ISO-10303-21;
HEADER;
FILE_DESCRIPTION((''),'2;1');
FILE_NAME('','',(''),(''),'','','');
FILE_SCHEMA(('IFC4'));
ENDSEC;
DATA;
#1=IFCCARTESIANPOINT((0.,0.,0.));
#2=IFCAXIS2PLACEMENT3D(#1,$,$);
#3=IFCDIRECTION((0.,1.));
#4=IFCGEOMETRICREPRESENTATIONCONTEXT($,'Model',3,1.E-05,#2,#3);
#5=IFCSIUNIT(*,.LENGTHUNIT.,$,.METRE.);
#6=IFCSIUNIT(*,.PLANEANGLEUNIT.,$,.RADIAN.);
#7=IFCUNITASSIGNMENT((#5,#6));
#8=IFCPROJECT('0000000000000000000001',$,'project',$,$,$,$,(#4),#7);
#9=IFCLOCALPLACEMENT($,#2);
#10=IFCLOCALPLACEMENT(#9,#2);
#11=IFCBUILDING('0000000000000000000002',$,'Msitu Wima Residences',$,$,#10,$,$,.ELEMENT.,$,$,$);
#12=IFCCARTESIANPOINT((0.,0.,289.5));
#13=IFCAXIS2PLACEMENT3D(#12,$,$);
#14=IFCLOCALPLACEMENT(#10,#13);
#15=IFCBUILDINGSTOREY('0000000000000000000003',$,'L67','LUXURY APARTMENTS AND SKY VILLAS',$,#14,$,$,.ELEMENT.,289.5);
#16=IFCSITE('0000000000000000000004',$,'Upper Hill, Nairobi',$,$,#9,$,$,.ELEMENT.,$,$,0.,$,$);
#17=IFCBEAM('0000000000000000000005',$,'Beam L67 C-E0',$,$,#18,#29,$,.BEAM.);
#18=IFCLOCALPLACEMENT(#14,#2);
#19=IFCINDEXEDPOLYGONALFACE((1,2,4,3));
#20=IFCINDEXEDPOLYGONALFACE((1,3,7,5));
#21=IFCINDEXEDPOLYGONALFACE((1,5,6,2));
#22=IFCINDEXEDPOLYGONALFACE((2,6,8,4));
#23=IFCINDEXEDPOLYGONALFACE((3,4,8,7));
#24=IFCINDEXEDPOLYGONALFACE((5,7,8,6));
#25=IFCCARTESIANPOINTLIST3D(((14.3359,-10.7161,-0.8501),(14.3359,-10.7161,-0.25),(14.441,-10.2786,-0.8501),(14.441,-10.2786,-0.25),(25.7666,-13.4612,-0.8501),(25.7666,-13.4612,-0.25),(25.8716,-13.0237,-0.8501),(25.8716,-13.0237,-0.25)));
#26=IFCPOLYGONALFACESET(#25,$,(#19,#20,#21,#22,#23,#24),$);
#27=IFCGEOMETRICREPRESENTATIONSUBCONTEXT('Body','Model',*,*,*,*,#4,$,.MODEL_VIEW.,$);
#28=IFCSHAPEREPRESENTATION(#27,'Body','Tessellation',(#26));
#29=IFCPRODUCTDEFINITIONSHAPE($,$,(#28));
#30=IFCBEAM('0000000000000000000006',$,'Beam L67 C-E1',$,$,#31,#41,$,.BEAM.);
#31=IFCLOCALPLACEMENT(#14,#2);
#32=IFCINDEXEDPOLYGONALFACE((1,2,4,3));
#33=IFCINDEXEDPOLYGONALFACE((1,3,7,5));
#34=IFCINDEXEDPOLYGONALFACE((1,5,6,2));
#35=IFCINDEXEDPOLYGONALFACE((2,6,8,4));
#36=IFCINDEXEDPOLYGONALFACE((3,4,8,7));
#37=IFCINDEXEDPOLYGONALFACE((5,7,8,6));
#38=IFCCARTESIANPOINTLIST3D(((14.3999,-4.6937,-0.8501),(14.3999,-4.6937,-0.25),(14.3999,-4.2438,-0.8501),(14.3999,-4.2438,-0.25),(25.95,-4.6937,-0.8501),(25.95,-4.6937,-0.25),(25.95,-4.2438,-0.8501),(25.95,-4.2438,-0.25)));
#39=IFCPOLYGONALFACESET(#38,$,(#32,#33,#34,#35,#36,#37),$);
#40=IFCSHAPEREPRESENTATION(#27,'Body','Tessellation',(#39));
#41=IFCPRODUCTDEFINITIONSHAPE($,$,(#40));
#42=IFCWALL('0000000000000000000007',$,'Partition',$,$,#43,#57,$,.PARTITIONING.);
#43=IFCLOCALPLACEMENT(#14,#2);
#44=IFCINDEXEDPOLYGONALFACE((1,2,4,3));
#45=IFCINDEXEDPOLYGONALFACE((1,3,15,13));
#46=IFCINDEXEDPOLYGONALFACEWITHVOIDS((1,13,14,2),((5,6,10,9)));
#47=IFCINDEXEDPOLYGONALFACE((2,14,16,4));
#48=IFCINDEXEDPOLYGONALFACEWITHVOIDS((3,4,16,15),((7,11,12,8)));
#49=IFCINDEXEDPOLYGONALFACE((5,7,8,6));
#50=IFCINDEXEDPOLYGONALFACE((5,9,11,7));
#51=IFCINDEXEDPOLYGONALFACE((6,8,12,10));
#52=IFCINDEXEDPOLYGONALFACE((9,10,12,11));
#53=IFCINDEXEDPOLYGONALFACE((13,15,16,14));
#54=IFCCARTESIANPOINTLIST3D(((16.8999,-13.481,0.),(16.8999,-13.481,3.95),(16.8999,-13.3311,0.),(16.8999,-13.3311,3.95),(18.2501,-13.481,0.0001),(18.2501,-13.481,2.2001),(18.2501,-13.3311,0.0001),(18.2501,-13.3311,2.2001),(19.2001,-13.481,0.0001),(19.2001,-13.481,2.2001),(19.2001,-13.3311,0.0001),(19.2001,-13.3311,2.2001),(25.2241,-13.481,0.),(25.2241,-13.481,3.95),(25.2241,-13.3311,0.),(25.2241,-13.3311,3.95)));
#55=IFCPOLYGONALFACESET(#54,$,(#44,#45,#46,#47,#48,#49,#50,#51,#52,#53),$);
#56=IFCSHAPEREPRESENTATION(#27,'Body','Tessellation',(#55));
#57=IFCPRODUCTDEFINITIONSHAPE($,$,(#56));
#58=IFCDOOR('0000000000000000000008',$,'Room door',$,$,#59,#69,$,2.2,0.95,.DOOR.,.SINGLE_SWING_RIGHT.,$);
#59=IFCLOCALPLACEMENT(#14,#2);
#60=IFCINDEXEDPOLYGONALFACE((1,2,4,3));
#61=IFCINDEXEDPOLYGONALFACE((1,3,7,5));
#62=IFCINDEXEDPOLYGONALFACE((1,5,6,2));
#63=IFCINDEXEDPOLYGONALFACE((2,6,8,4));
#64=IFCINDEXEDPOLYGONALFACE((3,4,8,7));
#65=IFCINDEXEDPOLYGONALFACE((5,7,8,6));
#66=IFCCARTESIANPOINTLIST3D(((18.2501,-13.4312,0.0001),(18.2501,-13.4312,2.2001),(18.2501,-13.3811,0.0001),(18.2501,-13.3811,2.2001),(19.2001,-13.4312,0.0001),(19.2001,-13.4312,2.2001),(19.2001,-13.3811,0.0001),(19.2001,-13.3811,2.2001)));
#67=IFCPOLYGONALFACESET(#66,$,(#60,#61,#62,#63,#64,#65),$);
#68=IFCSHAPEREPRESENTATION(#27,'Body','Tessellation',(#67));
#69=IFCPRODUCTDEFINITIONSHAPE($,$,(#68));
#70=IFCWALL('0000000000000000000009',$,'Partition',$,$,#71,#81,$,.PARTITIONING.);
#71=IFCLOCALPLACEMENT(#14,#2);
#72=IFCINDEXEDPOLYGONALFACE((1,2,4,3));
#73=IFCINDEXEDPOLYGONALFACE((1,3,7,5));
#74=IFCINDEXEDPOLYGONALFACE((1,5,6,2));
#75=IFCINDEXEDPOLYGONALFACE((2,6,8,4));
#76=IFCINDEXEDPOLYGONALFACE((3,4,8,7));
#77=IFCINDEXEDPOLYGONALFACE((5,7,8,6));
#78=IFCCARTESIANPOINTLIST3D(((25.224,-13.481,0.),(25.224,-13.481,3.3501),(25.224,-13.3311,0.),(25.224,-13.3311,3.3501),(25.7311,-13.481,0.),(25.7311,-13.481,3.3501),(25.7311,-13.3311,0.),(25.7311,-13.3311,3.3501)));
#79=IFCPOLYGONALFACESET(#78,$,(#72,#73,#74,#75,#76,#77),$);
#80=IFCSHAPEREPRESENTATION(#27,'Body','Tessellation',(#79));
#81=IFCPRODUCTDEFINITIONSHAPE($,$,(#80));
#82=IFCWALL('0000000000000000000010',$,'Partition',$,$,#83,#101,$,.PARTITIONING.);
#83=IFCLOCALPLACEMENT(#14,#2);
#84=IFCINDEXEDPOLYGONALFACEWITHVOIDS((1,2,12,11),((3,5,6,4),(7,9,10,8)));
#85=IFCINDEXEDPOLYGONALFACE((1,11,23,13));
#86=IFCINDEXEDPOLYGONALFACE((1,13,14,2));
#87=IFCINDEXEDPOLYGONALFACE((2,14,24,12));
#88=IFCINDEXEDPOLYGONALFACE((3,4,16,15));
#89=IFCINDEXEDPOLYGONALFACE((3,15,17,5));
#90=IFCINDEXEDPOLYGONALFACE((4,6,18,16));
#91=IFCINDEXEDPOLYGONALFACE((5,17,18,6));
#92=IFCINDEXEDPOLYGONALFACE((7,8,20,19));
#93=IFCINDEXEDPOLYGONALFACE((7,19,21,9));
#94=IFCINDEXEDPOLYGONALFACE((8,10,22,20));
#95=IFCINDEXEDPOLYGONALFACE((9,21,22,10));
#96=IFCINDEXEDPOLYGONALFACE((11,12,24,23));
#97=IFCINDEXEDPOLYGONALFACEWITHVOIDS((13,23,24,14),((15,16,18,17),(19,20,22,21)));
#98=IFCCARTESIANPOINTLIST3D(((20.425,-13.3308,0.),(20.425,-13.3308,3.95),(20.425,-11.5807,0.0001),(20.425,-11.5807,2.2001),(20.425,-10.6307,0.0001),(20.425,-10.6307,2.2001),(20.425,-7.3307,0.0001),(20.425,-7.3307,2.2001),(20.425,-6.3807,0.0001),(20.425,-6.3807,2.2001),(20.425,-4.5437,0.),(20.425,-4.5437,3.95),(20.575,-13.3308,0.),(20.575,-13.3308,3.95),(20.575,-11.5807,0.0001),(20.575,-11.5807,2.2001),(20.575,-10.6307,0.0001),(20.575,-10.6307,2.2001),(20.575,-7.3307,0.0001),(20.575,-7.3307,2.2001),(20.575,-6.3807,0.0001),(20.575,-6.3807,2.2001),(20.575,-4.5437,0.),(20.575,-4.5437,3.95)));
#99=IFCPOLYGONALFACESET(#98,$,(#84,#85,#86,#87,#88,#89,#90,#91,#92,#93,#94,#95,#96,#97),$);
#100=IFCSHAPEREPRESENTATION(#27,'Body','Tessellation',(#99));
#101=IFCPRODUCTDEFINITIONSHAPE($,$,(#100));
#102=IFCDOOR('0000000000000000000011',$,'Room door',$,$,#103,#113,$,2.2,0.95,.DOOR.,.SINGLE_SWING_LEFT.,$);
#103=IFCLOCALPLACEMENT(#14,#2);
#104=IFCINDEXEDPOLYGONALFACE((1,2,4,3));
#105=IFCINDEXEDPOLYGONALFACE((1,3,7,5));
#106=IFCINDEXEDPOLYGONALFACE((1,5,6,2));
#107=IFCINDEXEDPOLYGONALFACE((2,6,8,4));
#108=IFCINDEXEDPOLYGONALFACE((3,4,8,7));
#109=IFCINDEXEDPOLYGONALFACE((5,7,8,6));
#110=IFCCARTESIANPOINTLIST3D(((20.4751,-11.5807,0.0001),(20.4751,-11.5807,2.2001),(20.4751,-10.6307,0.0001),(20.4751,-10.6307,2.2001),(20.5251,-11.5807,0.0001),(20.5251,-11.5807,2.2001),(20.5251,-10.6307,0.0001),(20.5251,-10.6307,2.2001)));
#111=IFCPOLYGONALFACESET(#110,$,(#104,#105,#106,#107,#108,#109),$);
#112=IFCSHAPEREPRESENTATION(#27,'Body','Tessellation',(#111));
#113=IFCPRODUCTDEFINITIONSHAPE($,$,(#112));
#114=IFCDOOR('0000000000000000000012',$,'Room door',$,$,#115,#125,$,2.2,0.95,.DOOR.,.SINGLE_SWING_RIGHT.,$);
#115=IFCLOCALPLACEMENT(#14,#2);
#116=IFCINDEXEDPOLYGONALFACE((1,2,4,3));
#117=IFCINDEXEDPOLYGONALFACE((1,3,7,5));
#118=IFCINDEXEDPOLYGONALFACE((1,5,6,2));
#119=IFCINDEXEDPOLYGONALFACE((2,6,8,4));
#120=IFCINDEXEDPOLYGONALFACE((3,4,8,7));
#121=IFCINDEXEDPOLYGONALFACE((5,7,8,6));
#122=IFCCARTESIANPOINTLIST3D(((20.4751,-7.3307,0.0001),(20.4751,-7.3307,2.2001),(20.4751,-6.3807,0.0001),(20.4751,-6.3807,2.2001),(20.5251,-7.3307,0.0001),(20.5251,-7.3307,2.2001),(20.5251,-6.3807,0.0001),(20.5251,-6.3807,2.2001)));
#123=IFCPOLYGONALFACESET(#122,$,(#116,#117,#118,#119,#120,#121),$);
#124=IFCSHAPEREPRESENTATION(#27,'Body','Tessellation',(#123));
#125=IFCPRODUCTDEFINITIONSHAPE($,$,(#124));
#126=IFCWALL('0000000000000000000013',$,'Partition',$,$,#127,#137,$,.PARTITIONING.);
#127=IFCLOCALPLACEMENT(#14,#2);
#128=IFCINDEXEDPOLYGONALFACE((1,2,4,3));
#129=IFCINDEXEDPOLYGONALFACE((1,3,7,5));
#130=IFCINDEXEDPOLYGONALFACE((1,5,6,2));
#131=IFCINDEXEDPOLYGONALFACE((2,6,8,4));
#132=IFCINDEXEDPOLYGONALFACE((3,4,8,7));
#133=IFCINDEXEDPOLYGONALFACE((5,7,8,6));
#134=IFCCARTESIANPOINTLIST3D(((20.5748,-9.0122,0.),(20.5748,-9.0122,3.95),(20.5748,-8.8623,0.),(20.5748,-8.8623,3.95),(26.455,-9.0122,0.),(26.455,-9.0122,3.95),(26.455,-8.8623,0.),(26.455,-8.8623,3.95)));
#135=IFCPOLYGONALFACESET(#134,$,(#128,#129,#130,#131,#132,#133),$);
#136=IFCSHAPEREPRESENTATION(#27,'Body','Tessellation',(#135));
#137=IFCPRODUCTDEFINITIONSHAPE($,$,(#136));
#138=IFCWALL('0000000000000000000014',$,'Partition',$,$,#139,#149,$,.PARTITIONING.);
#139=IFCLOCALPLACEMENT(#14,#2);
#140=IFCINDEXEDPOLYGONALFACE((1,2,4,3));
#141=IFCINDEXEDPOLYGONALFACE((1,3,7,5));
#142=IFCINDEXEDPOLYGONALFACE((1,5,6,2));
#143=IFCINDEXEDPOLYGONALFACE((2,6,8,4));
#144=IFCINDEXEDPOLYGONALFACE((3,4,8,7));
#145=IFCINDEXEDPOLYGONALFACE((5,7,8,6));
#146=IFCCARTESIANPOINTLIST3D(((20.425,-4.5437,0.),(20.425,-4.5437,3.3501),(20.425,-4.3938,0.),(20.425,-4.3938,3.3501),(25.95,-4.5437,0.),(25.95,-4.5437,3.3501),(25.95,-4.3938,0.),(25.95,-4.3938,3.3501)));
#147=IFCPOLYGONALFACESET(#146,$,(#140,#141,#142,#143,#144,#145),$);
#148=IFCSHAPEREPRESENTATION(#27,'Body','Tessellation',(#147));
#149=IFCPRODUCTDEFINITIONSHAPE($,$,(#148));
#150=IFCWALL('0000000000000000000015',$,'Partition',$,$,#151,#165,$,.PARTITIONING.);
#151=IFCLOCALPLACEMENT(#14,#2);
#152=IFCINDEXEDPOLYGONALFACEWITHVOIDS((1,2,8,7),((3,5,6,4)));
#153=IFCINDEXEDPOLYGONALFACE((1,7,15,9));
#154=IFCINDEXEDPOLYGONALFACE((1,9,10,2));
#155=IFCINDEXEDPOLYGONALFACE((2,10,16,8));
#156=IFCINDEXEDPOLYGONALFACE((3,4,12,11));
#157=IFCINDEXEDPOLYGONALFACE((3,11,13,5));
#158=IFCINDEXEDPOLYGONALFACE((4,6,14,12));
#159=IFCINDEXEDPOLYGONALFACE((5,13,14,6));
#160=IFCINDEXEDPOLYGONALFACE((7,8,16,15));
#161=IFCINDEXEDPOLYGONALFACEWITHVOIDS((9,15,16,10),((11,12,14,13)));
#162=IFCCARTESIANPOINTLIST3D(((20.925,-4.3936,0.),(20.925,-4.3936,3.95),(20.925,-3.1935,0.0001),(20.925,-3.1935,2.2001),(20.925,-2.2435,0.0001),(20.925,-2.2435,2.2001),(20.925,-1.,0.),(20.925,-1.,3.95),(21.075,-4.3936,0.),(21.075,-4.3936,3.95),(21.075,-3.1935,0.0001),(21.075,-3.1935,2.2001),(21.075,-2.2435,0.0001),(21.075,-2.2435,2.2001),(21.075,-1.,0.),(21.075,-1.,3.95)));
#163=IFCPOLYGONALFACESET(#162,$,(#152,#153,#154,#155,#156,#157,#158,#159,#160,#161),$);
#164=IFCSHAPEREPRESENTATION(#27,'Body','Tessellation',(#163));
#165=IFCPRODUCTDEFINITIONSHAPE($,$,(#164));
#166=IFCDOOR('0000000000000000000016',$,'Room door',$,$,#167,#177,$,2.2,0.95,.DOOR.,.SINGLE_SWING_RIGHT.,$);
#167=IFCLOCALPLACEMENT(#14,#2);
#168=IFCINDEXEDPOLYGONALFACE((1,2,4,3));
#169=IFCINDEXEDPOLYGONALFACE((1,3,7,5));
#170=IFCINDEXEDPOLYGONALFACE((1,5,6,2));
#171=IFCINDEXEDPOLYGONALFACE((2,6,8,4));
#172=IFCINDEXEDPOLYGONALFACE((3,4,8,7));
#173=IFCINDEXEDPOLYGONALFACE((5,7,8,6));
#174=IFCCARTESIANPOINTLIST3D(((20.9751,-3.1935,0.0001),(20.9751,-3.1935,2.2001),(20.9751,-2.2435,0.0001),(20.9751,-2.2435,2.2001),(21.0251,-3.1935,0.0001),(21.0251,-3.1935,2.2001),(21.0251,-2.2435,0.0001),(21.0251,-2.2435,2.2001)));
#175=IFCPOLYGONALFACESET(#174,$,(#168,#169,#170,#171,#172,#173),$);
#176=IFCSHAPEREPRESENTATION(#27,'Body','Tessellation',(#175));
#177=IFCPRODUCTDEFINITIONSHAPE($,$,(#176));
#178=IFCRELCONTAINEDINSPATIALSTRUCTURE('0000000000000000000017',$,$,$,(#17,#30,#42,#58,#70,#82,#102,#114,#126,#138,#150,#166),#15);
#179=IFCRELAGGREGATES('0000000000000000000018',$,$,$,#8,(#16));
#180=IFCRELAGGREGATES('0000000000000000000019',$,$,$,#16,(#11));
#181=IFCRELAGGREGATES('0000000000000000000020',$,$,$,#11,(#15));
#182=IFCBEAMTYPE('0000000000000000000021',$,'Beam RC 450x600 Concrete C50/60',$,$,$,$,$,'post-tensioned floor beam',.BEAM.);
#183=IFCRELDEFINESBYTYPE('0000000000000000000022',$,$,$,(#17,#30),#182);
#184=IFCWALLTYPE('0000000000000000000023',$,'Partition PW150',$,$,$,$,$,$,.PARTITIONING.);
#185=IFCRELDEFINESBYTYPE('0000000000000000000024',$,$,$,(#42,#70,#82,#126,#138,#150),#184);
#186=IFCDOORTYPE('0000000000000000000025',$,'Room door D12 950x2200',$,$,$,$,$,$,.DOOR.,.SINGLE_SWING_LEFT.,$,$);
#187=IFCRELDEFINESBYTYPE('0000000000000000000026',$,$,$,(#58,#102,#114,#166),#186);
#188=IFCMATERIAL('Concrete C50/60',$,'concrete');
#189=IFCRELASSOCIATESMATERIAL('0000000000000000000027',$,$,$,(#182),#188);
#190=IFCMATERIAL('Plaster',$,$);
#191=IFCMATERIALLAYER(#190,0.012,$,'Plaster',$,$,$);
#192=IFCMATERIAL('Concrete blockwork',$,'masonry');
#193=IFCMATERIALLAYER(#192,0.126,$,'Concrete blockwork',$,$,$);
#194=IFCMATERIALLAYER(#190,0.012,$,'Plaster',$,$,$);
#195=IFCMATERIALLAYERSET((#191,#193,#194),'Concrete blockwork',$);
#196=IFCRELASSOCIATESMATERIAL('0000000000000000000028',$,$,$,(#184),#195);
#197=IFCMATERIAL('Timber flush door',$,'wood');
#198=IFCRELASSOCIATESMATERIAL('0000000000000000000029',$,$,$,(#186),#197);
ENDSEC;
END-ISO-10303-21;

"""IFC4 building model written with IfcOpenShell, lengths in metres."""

from ifc_helpers import new_model, si_unit, direction, frame, frame_2d, origin, origin_2d, place, context, subcontext, project, spatial, rectangle, extrude, material, layer, layer_set, material_profile, profile_set, type_object, element, fill, save


model = new_model("IFC4")

# Units and contexts
model_context = context("Model", 3, precision=1e-05, world=origin(), true_north=direction((0.0, 1.0)))
body_context = subcontext(model_context, "Body", "Model", "MODEL_VIEW")
ifc_project = project(units=[si_unit("LENGTHUNIT", "METRE"), si_unit("PLANEANGLEUNIT", "RADIAN")], contexts=[model_context])

# Site, building, storey
site_placement = place(None, origin())
site = spatial("IfcSite", under=ifc_project, at=site_placement, Name="Upper Hill, Nairobi", CompositionType="ELEMENT", RefElevation=0.0)
building_placement = place(site_placement, origin())
building = spatial("IfcBuilding", under=site, at=building_placement, Name="Msitu Wima Residences", CompositionType="ELEMENT")
storey_placement = place(building_placement, frame((0.0, 0.0, 289.5)))
storey = spatial("IfcBuildingStorey", under=building, at=storey_placement, Name="L67", Description="LUXURY APARTMENTS AND SKY VILLAS", CompositionType="ELEMENT", Elevation=289.5)

# Beams
ifc_material_1 = material(Name="Concrete C50/60", Category="concrete")
ifc_material_profile = material_profile(ifc_material_1, rectangle(XDim=0.45, YDim=0.6001, at=origin_2d()), Name="RC 450x600")
ifc_profile_set = profile_set([ifc_material_profile], Name="Concrete C50/60")
beam_type = type_object("IfcBeamType", Name="Beam RC 450x600 Concrete C50/60", ElementType="post-tensioned floor beam", PredefinedType="BEAM", material=ifc_profile_set)
beam_1_placement = place(storey_placement, frame((25.8191, -13.2424, -0.55), z_axis=(-0.972353, 0.233514, 0.0), x_axis=(-0.233514, -0.972353, 0.0)))
element("IfcBeam", 1, at=beam_1_placement, inside=storey, type_object=beam_type, Name="Beam L67 C-E0", PredefinedType="BEAM", context=body_context, shape_type="SweptSolid", body=[
    extrude(rectangle(XDim=0.45, YDim=0.6001, at=origin_2d()), origin(), (0.0, 0.0, 1.0), 11.7556),
])
beam_2_placement = place(storey_placement, frame((25.95, -4.4688, -0.55), z_axis=(-1.0, 0.0, 0.0), x_axis=(0.0, -1.0, 0.0)))
element("IfcBeam", 2, at=beam_2_placement, inside=storey, type_object=beam_type, Name="Beam L67 C-E1", PredefinedType="BEAM", context=body_context, shape_type="SweptSolid", body=[
    extrude(rectangle(XDim=0.45, YDim=0.6001, at=origin_2d()), origin(), (0.0, 0.0, 1.0), 11.55),
])

# Wall, opening, door
ifc_material_2 = material(Name="Plaster")
ifc_layer_1 = layer(ifc_material_2, 0.012, Name="Plaster")
ifc_material_3 = material(Name="Concrete blockwork", Category="masonry")
ifc_layer_2 = layer(ifc_material_3, 0.126, Name="Concrete blockwork")
ifc_layer_3 = layer(ifc_material_2, 0.012, Name="Plaster")
ifc_layer_set_1 = layer_set([ifc_layer_1, ifc_layer_2, ifc_layer_3], Name="Concrete blockwork")
wall_type_1 = type_object("IfcWallType", Name="Partition PW150", PredefinedType="PARTITIONING", material=ifc_layer_set_1)
wall_1_placement = place(storey_placement, frame((16.8999, -13.406, 0.0), z_axis=(0.0, 0.0, 1.0), x_axis=(1.0, 0.0, 0.0)))
wall_1 = element("IfcWall", 3, at=wall_1_placement, inside=storey, type_object=wall_type_1, Name="Partition", PredefinedType="PARTITIONING", context=body_context, shape_type="SweptSolid", body=[
    extrude(rectangle(XDim=8.3242, YDim=0.1499, at=frame_2d((4.1621, 0.0))), origin(), (0.0, 0.0, 1.0), 3.95),
])
opening_1_placement = place(wall_1_placement, frame((1.3501, 0.0, 0.0)))
opening_1 = element("IfcOpeningElement", 4, at=opening_1_placement, cuts=wall_1, PredefinedType="OPENING", context=body_context, shape_type="SweptSolid", body=[
    extrude(rectangle(XDim=0.95, YDim=2.2, at=frame_2d((0.4751, 1.1001))), frame((0.0, 0.085, 0.0), z_axis=(0.0, -1.0, 0.0), x_axis=(1.0, 0.0, 0.0)), (0.0, 0.0, 1.0), 0.1699),
])
ifc_material_4 = material(Name="Timber flush door", Category="wood")
door_type_1 = type_object("IfcDoorType", Name="Room door D12 950x2200", OperationType="SINGLE_SWING_LEFT", PredefinedType="DOOR", material=ifc_material_4)
door_1_placement = place(opening_1_placement, origin())
door_1 = element("IfcDoor", 5, at=door_1_placement, inside=storey, type_object=door_type_1, Name="Room door", OperationType="SINGLE_SWING_RIGHT", OverallHeight=2.2, OverallWidth=0.95, PredefinedType="DOOR", context=body_context, shape_type="SweptSolid", body=[
    extrude(rectangle(XDim=0.95, YDim=2.2, at=frame_2d((0.4751, 1.1001))), frame((0.0, 0.0249, 0.0), z_axis=(0.0, -1.0, 0.0), x_axis=(1.0, 0.0, 0.0)), (0.0, 0.0, 1.0), 0.05),
])
fill(opening_1, door_1)

# Wall
wall_2_placement = place(storey_placement, frame((25.2241, -13.406, 0.0), z_axis=(0.0, 0.0, 1.0), x_axis=(1.0, 0.0, 0.0)))
element("IfcWall", 6, at=wall_2_placement, inside=storey, type_object=wall_type_1, Name="Partition", PredefinedType="PARTITIONING", context=body_context, shape_type="SweptSolid", body=[
    extrude(rectangle(XDim=0.5071, YDim=0.1499, at=frame_2d((0.2534, 0.0))), origin(), (0.0, 0.0, 1.0), 3.3501),
])

# Wall, openings, doors
wall_3_placement = place(storey_placement, frame((20.5, -13.3308, 0.0), z_axis=(0.0, 0.0, 1.0), x_axis=(0.0, 1.0, 0.0)))
wall_3 = element("IfcWall", 7, at=wall_3_placement, inside=storey, type_object=wall_type_1, Name="Partition", PredefinedType="PARTITIONING", context=body_context, shape_type="SweptSolid", body=[
    extrude(rectangle(XDim=8.7871, YDim=0.1499, at=frame_2d((4.3936, 0.0))), origin(), (0.0, 0.0, 1.0), 3.95),
])
opening_2_placement = place(wall_3_placement, frame((1.75, 0.0, 0.0)))
opening_2 = element("IfcOpeningElement", 8, at=opening_2_placement, cuts=wall_3, PredefinedType="OPENING", context=body_context, shape_type="SweptSolid", body=[
    extrude(rectangle(XDim=0.95, YDim=2.2, at=frame_2d((0.4751, 1.1001))), frame((0.0, 0.085, 0.0), z_axis=(0.0, -1.0, 0.0), x_axis=(1.0, 0.0, 0.0)), (0.0, 0.0, 1.0), 0.1699),
])
opening_3_placement = place(wall_3_placement, frame((6.0, 0.0, 0.0)))
opening_3 = element("IfcOpeningElement", 9, at=opening_3_placement, cuts=wall_3, PredefinedType="OPENING", context=body_context, shape_type="SweptSolid", body=[
    extrude(rectangle(XDim=0.95, YDim=2.2, at=frame_2d((0.4751, 1.1001))), frame((0.0, 0.085, 0.0), z_axis=(0.0, -1.0, 0.0), x_axis=(1.0, 0.0, 0.0)), (0.0, 0.0, 1.0), 0.1699),
])
door_2_placement = place(opening_2_placement, origin())
door_2 = element("IfcDoor", 10, at=door_2_placement, inside=storey, type_object=door_type_1, Name="Room door", OperationType="SINGLE_SWING_LEFT", OverallHeight=2.2, OverallWidth=0.95, PredefinedType="DOOR", context=body_context, shape_type="SweptSolid", body=[
    extrude(rectangle(XDim=0.95, YDim=2.2, at=frame_2d((0.4751, 1.1001))), frame((0.0, 0.0249, 0.0), z_axis=(0.0, -1.0, 0.0), x_axis=(1.0, 0.0, 0.0)), (0.0, 0.0, 1.0), 0.05),
])
fill(opening_2, door_2)
door_3_placement = place(opening_3_placement, origin())
door_3 = element("IfcDoor", 11, at=door_3_placement, inside=storey, type_object=door_type_1, Name="Room door", OperationType="SINGLE_SWING_RIGHT", OverallHeight=2.2, OverallWidth=0.95, PredefinedType="DOOR", context=body_context, shape_type="SweptSolid", body=[
    extrude(rectangle(XDim=0.95, YDim=2.2, at=frame_2d((0.4751, 1.1001))), frame((0.0, 0.0249, 0.0), z_axis=(0.0, -1.0, 0.0), x_axis=(1.0, 0.0, 0.0)), (0.0, 0.0, 1.0), 0.05),
])
fill(opening_3, door_3)

# Walls
wall_4_placement = place(storey_placement, frame((20.575, -8.9373, 0.0), z_axis=(0.0, 0.0, 1.0), x_axis=(1.0, 0.0, 0.0)))
element("IfcWall", 12, at=wall_4_placement, inside=storey, type_object=wall_type_1, Name="Partition", PredefinedType="PARTITIONING", context=body_context, shape_type="SweptSolid", body=[
    extrude(rectangle(XDim=5.8801, YDim=0.1499, at=frame_2d((2.9399, 0.0))), origin(), (0.0, 0.0, 1.0), 3.95),
])
wall_5_placement = place(storey_placement, frame((20.425, -4.4688, 0.0), z_axis=(0.0, 0.0, 1.0), x_axis=(1.0, 0.0, 0.0)))
element("IfcWall", 13, at=wall_5_placement, inside=storey, type_object=wall_type_1, Name="Partition", PredefinedType="PARTITIONING", context=body_context, shape_type="SweptSolid", body=[
    extrude(rectangle(XDim=5.5249, YDim=0.1499, at=frame_2d((2.7625, 0.0))), origin(), (0.0, 0.0, 1.0), 3.3501),
])

# Wall, opening, door
wall_6_placement = place(storey_placement, frame((21.0, -4.3936, 0.0), z_axis=(0.0, 0.0, 1.0), x_axis=(0.0, 1.0, 0.0)))
wall_6 = element("IfcWall", 14, at=wall_6_placement, inside=storey, type_object=wall_type_1, Name="Partition", PredefinedType="PARTITIONING", context=body_context, shape_type="SweptSolid", body=[
    extrude(rectangle(XDim=3.3936, YDim=0.1499, at=frame_2d((1.6968, 0.0))), origin(), (0.0, 0.0, 1.0), 3.95),
])
opening_4_placement = place(wall_6_placement, frame((1.2, 0.0, 0.0)))
opening_4 = element("IfcOpeningElement", 15, at=opening_4_placement, cuts=wall_6, PredefinedType="OPENING", context=body_context, shape_type="SweptSolid", body=[
    extrude(rectangle(XDim=0.95, YDim=2.2, at=frame_2d((0.4751, 1.1001))), frame((0.0, 0.085, 0.0), z_axis=(0.0, -1.0, 0.0), x_axis=(1.0, 0.0, 0.0)), (0.0, 0.0, 1.0), 0.1699),
])
door_4_placement = place(opening_4_placement, origin())
door_4 = element("IfcDoor", 16, at=door_4_placement, inside=storey, type_object=door_type_1, Name="Room door", OperationType="SINGLE_SWING_RIGHT", OverallHeight=2.2, OverallWidth=0.95, PredefinedType="DOOR", context=body_context, shape_type="SweptSolid", body=[
    extrude(rectangle(XDim=0.95, YDim=2.2, at=frame_2d((0.4751, 1.1001))), frame((0.0, 0.0249, 0.0), z_axis=(0.0, -1.0, 0.0), x_axis=(1.0, 0.0, 0.0)), (0.0, 0.0, 1.0), 0.05),
])
fill(opening_4, door_4)

save(model, "model.ifc")
